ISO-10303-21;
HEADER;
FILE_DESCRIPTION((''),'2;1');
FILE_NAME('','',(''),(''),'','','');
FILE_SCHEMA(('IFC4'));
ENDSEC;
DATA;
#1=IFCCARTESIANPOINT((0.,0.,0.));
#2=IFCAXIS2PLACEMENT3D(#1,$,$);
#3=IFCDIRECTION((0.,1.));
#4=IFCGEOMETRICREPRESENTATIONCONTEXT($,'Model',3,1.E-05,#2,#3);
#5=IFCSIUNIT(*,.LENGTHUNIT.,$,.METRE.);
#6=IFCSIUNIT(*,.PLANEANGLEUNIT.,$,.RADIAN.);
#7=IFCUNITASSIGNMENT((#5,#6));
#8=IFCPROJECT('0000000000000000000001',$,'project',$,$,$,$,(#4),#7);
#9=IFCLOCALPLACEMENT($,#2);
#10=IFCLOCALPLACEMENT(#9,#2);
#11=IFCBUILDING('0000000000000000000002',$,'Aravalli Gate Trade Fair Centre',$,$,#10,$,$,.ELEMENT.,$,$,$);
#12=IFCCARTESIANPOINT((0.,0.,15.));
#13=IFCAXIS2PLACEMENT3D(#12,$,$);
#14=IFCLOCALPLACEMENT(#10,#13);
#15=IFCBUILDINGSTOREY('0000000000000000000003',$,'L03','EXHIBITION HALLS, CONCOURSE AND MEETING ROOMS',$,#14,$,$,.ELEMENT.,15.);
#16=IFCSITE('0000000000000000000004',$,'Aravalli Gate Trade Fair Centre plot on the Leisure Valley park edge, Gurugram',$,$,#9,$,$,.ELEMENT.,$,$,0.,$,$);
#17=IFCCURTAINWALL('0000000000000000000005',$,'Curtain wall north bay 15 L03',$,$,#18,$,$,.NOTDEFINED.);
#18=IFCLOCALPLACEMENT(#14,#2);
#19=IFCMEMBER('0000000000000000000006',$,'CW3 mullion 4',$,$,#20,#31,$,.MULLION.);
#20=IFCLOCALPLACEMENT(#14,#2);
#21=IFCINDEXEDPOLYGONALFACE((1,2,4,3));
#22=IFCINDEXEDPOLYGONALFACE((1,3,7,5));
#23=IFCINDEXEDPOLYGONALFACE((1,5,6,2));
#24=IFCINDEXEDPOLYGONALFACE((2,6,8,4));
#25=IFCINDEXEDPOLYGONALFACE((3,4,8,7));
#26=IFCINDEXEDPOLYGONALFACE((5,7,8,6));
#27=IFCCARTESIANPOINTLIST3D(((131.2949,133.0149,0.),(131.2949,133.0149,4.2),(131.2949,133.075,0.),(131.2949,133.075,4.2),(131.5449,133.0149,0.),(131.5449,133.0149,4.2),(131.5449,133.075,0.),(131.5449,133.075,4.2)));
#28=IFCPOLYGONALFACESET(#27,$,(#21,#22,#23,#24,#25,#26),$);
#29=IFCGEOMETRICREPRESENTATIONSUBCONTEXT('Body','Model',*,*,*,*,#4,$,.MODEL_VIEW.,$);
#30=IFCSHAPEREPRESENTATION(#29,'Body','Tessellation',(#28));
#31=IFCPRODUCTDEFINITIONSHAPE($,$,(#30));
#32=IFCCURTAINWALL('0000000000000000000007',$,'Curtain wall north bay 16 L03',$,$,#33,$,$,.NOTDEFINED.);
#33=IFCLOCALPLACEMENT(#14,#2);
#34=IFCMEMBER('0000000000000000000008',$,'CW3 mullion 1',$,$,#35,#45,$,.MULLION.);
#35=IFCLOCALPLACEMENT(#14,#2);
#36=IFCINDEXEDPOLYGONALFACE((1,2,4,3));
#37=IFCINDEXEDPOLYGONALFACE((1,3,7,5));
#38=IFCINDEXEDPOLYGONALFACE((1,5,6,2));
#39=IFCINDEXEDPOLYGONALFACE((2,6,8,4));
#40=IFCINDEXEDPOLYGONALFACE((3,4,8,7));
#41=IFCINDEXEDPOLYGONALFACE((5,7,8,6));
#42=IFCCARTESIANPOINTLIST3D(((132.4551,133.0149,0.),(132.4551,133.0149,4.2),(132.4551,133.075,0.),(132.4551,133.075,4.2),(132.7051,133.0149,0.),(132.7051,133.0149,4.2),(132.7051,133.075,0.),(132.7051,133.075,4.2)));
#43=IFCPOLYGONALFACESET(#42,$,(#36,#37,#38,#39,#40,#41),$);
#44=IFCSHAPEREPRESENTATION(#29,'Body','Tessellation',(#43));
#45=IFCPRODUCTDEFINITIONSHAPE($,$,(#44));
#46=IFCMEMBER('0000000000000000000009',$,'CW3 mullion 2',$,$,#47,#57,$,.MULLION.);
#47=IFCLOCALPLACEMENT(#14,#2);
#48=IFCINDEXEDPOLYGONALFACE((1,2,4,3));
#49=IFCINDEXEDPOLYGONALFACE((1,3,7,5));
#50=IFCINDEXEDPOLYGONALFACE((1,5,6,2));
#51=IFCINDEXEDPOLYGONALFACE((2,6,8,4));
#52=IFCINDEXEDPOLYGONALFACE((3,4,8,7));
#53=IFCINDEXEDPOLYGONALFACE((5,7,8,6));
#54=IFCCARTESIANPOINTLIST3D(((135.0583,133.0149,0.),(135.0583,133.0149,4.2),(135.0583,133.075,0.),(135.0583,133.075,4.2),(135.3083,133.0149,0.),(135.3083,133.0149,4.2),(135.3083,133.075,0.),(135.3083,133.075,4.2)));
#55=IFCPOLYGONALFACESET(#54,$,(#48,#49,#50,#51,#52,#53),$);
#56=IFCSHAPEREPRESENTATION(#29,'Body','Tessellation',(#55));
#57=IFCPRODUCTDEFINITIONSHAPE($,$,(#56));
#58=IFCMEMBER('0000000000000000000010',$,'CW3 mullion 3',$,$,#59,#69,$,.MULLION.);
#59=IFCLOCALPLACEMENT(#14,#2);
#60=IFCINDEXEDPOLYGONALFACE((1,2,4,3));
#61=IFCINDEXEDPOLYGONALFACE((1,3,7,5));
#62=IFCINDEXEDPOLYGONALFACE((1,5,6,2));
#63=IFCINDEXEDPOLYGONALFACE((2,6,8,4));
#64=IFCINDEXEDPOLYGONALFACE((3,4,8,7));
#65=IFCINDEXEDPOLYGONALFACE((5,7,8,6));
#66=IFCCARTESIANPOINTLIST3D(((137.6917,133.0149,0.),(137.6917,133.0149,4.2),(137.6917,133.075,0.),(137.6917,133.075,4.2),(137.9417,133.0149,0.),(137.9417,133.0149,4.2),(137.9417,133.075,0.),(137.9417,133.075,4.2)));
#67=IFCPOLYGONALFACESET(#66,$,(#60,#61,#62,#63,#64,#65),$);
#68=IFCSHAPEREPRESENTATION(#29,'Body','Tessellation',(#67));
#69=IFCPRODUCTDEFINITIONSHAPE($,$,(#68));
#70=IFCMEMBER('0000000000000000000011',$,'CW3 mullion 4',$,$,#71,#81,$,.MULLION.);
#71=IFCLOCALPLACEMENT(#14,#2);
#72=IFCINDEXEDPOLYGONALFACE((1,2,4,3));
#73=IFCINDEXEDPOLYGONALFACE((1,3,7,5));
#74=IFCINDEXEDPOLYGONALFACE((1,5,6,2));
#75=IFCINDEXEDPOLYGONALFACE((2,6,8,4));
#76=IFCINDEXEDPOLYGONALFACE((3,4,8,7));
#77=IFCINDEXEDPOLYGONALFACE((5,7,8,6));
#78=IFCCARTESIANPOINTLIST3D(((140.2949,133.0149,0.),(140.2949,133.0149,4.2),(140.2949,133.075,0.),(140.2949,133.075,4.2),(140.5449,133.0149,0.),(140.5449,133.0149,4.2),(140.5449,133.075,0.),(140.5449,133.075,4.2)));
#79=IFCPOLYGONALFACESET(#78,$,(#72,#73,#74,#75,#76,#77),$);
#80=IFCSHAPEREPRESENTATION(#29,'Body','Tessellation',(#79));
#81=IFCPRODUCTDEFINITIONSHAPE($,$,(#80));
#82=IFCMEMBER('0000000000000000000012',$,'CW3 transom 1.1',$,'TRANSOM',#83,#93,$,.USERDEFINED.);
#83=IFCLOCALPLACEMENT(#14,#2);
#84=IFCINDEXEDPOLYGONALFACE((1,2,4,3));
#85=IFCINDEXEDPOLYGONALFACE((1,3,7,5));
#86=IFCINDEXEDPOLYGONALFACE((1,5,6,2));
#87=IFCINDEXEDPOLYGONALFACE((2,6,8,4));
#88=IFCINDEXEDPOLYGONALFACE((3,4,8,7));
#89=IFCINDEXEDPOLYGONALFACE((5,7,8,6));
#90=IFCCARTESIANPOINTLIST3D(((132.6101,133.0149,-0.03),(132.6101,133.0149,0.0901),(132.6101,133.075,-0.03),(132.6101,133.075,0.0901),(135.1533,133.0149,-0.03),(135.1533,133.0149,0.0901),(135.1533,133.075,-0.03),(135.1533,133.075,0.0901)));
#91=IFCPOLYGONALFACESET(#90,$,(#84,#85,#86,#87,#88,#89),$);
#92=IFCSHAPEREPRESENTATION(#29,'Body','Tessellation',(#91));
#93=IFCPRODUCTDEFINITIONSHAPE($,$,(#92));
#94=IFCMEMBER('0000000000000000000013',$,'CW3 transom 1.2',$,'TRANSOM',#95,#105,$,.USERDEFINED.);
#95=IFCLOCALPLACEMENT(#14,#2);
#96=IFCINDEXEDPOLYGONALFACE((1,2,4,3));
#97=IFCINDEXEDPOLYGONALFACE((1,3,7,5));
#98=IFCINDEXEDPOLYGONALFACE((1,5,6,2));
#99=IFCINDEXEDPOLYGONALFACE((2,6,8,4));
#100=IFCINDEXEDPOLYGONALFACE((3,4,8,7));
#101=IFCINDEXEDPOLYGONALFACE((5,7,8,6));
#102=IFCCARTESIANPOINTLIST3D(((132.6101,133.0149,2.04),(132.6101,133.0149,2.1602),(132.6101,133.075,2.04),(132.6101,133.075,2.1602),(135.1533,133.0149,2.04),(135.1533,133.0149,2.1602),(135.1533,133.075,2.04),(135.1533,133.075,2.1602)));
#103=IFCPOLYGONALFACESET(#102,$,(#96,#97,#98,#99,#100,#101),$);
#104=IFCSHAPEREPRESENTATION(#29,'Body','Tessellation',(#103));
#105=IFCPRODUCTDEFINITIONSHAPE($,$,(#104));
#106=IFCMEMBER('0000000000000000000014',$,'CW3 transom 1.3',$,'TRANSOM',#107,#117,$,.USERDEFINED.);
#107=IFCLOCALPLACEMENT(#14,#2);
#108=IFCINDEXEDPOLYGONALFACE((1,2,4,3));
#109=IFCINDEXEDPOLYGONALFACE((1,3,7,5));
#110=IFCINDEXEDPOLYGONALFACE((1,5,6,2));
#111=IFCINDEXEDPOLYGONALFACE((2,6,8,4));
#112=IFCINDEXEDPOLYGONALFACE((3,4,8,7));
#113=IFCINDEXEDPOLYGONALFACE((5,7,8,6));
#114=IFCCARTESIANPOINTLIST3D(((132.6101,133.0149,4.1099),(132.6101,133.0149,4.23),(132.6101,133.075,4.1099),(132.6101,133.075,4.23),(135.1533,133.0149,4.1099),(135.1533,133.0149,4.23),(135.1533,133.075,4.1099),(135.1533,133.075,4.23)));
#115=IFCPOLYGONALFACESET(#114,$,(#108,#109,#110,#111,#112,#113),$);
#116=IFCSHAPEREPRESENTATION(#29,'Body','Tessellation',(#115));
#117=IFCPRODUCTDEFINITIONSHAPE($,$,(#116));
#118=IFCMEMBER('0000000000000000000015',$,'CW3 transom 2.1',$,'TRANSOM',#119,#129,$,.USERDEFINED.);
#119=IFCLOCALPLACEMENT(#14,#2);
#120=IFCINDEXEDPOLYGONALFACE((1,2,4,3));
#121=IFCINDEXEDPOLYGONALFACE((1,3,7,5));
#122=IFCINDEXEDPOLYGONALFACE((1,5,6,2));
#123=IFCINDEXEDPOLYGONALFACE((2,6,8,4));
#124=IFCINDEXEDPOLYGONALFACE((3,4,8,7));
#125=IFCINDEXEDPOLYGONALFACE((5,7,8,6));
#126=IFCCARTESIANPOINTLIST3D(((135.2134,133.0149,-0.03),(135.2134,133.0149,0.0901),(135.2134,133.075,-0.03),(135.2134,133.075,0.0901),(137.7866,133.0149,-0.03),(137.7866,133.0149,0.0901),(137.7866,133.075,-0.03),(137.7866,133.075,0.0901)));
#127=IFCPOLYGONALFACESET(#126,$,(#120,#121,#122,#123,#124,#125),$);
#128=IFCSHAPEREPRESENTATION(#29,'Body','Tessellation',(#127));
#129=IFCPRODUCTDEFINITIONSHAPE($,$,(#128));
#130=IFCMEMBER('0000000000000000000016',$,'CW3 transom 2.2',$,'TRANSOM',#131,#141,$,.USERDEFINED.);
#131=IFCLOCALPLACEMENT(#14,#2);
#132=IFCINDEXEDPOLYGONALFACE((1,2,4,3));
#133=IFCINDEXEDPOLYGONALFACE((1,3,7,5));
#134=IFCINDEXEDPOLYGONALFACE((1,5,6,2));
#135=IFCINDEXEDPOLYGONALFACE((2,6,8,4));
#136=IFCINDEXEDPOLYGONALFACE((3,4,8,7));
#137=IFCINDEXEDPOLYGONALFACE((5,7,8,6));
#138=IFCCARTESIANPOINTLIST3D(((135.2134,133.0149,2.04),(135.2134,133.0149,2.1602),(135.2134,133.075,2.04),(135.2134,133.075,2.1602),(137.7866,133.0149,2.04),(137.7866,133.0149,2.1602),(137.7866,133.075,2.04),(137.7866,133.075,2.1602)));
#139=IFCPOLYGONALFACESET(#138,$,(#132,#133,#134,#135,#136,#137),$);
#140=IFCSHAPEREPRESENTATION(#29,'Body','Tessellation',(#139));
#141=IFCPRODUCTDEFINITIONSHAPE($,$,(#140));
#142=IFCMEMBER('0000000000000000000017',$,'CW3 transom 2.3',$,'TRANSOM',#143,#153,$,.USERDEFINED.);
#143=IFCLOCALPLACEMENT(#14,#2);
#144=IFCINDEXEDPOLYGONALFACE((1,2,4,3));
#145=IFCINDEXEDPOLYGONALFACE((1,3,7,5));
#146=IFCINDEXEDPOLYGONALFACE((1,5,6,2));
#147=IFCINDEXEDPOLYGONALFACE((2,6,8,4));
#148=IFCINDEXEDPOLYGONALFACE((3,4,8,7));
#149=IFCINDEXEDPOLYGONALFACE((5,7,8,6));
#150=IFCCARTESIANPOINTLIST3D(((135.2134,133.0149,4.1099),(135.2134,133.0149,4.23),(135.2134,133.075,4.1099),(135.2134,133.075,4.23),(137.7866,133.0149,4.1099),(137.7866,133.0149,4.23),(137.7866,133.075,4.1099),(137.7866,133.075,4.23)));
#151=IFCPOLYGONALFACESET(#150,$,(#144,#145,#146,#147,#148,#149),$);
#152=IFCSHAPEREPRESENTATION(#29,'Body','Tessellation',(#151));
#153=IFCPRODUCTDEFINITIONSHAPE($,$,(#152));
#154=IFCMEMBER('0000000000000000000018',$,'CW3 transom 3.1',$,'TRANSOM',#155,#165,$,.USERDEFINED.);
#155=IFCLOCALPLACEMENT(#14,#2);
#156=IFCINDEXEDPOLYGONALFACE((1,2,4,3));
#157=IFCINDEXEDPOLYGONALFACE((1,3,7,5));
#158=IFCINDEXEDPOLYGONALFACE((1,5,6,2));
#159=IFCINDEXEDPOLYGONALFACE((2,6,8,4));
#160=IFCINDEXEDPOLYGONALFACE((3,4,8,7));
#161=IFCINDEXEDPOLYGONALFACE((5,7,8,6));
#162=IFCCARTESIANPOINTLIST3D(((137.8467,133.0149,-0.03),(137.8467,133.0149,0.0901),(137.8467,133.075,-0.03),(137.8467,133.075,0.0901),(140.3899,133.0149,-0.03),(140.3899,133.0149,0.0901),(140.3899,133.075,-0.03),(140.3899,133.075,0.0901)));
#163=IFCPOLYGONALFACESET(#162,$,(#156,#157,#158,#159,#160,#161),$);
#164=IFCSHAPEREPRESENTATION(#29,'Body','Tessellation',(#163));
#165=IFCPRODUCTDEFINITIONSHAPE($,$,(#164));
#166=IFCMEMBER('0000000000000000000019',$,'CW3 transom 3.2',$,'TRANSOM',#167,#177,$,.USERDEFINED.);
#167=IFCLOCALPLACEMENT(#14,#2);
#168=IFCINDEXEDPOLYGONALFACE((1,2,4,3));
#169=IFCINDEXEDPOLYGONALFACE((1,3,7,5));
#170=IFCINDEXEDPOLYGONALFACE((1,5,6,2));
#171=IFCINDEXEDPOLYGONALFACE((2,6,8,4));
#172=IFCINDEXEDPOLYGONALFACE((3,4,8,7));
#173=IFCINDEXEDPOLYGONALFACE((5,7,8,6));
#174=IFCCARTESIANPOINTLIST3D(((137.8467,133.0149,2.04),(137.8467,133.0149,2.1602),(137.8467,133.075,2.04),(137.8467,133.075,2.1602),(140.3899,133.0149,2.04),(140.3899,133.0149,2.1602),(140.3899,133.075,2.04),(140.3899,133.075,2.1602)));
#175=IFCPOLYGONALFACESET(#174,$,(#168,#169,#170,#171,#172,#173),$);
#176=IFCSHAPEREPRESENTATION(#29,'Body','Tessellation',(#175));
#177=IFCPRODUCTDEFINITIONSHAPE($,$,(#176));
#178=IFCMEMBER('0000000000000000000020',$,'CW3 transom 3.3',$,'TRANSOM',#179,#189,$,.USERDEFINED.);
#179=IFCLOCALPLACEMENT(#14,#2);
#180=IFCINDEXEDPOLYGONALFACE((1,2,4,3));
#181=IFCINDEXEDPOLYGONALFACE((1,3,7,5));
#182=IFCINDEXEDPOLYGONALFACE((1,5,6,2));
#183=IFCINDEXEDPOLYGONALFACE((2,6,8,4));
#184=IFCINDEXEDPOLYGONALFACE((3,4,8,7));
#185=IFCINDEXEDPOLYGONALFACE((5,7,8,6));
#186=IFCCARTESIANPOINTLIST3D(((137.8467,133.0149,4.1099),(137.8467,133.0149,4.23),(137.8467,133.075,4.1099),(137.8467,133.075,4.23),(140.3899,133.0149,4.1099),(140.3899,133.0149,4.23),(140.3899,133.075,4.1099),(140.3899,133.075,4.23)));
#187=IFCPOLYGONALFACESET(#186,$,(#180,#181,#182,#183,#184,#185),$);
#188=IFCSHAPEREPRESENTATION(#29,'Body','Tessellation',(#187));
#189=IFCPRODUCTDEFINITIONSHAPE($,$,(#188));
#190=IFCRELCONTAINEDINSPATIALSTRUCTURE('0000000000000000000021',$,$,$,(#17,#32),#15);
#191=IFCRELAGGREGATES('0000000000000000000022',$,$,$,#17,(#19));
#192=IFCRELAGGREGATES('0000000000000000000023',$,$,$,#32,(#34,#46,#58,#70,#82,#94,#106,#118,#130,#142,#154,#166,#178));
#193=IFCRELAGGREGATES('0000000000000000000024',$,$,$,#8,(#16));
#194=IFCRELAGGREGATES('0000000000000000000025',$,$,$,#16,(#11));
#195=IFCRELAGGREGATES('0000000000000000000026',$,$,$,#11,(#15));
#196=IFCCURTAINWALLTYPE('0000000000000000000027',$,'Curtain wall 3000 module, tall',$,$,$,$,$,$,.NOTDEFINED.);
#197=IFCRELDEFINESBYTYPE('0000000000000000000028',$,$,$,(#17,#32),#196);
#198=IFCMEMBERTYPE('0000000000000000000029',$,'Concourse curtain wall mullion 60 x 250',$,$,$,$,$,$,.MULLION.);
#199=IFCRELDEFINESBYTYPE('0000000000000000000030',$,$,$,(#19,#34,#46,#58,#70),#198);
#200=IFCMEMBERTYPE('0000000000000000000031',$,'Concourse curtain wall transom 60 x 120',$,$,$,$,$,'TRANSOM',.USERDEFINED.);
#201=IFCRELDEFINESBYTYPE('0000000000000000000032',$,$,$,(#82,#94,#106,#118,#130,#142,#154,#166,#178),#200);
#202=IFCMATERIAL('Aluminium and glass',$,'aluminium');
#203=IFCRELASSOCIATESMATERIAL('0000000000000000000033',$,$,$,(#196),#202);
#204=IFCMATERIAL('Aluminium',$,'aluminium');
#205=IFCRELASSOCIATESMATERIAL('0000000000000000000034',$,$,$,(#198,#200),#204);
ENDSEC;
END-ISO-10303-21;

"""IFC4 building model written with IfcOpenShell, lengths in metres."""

from ifc_helpers import new_model, si_unit, direction, frame, origin, origin_2d, place, context, subcontext, project, spatial, rectangle, extrude, material, material_profile, profile_set, type_object, element, aggregate, save


model = new_model("IFC4")

# Units and contexts
model_context = context("Model", 3, precision=1e-05, world=origin(), true_north=direction((0.0, 1.0)))
body_context = subcontext(model_context, "Body", "Model", "MODEL_VIEW")
ifc_project = project(units=[si_unit("LENGTHUNIT", "METRE"), si_unit("PLANEANGLEUNIT", "RADIAN")], contexts=[model_context])

# Site, building, storey
site_placement = place(None, origin())
site = spatial("IfcSite", under=ifc_project, at=site_placement, Name="Aravalli Gate Trade Fair Centre plot on the Leisure Valley park edge, Gurugram", CompositionType="ELEMENT", RefElevation=0.0)
building_placement = place(site_placement, origin())
building = spatial("IfcBuilding", under=site, at=building_placement, Name="Aravalli Gate Trade Fair Centre", CompositionType="ELEMENT")
storey_placement = place(building_placement, frame((0.0, 0.0, 15.0)))
storey = spatial("IfcBuildingStorey", under=building, at=storey_placement, Name="L03", Description="EXHIBITION HALLS, CONCOURSE AND MEETING ROOMS", CompositionType="ELEMENT", Elevation=15.0)

# Curtain wall, member
ifc_material_1 = material(Name="Aluminium and glass", Category="aluminium")
curtain_wall_type = type_object("IfcCurtainWallType", Name="Curtain wall 3000 module, tall", PredefinedType="NOTDEFINED", material=ifc_material_1)
curtain_wall_1_placement = place(storey_placement, origin())
curtain_wall_1 = element("IfcCurtainWall", 1, at=curtain_wall_1_placement, inside=storey, type_object=curtain_wall_type, Name="Curtain wall north bay 15 L03", PredefinedType="NOTDEFINED")
ifc_material_2 = material(Name="Aluminium", Category="aluminium")
ifc_material_profile_1 = material_profile(ifc_material_2, rectangle(XDim=0.0601, YDim=0.25, at=origin_2d()), Name="Concourse curtain wall mullion 60 x 250")
ifc_profile_set_1 = profile_set([ifc_material_profile_1], Name="Aluminium")
member_type_1 = type_object("IfcMemberType", Name="Concourse curtain wall mullion 60 x 250", PredefinedType="MULLION", material=ifc_profile_set_1)
member_1_placement = place(storey_placement, frame((131.4199, 133.0449, 0.0), z_axis=(0.0, 0.0, 1.0), x_axis=(0.0, 1.0, 0.0)))
member_1 = element("IfcMember", 2, at=member_1_placement, type_object=member_type_1, Name="CW3 mullion 4", PredefinedType="MULLION", context=body_context, shape_type="SweptSolid", body=[
    extrude(rectangle(XDim=0.0601, YDim=0.25, at=origin_2d()), origin(), (0.0, 0.0, 1.0), 4.2),
])

# Curtain wall, members
curtain_wall_2_placement = place(storey_placement, origin())
curtain_wall_2 = element("IfcCurtainWall", 3, at=curtain_wall_2_placement, inside=storey, type_object=curtain_wall_type, Name="Curtain wall north bay 16 L03", PredefinedType="NOTDEFINED")
member_2_placement = place(storey_placement, frame((132.5801, 133.0449, 0.0), z_axis=(0.0, 0.0, 1.0), x_axis=(0.0, 1.0, 0.0)))
member_2 = element("IfcMember", 4, at=member_2_placement, type_object=member_type_1, Name="CW3 mullion 1", PredefinedType="MULLION", context=body_context, shape_type="SweptSolid", body=[
    extrude(rectangle(XDim=0.0601, YDim=0.25, at=origin_2d()), origin(), (0.0, 0.0, 1.0), 4.2),
])
member_3_placement = place(storey_placement, frame((135.1833, 133.0449, 0.0), z_axis=(0.0, 0.0, 1.0), x_axis=(0.0, 1.0, 0.0)))
member_3 = element("IfcMember", 5, at=member_3_placement, type_object=member_type_1, Name="CW3 mullion 2", PredefinedType="MULLION", context=body_context, shape_type="SweptSolid", body=[
    extrude(rectangle(XDim=0.0601, YDim=0.25, at=origin_2d()), origin(), (0.0, 0.0, 1.0), 4.2),
])
member_4_placement = place(storey_placement, frame((137.8167, 133.0449, 0.0), z_axis=(0.0, 0.0, 1.0), x_axis=(0.0, 1.0, 0.0)))
member_4 = element("IfcMember", 6, at=member_4_placement, type_object=member_type_1, Name="CW3 mullion 3", PredefinedType="MULLION", context=body_context, shape_type="SweptSolid", body=[
    extrude(rectangle(XDim=0.0601, YDim=0.25, at=origin_2d()), origin(), (0.0, 0.0, 1.0), 4.2),
])
member_5_placement = place(storey_placement, frame((140.4199, 133.0449, 0.0), z_axis=(0.0, 0.0, 1.0), x_axis=(0.0, 1.0, 0.0)))
member_5 = element("IfcMember", 7, at=member_5_placement, type_object=member_type_1, Name="CW3 mullion 4", PredefinedType="MULLION", context=body_context, shape_type="SweptSolid", body=[
    extrude(rectangle(XDim=0.0601, YDim=0.25, at=origin_2d()), origin(), (0.0, 0.0, 1.0), 4.2),
])
ifc_material_profile_2 = material_profile(ifc_material_2, rectangle(XDim=0.0601, YDim=0.1201, at=origin_2d()), Name="Concourse curtain wall transom 60 x 120")
ifc_profile_set_2 = profile_set([ifc_material_profile_2], Name="Aluminium")
member_type_2 = type_object("IfcMemberType", Name="Concourse curtain wall transom 60 x 120", ElementType="TRANSOM", PredefinedType="USERDEFINED", material=ifc_profile_set_2)
member_6_placement = place(storey_placement, frame((132.6101, 133.0449, 0.03), z_axis=(1.0, 0.0, 0.0), x_axis=(0.0, 1.0, 0.0)))
member_6 = element("IfcMember", 8, at=member_6_placement, type_object=member_type_2, Name="CW3 transom 1.1", ObjectType="TRANSOM", PredefinedType="USERDEFINED", context=body_context, shape_type="SweptSolid", body=[
    extrude(rectangle(XDim=0.0601, YDim=0.1201, at=origin_2d()), origin(), (0.0, 0.0, 1.0), 2.5432),
])
member_7_placement = place(storey_placement, frame((132.6101, 133.0449, 2.1001), z_axis=(1.0, 0.0, 0.0), x_axis=(0.0, 1.0, 0.0)))
member_7 = element("IfcMember", 9, at=member_7_placement, type_object=member_type_2, Name="CW3 transom 1.2", ObjectType="TRANSOM", PredefinedType="USERDEFINED", context=body_context, shape_type="SweptSolid", body=[
    extrude(rectangle(XDim=0.0601, YDim=0.1201, at=origin_2d()), origin(), (0.0, 0.0, 1.0), 2.5432),
])
member_8_placement = place(storey_placement, frame((132.6101, 133.0449, 4.1699), z_axis=(1.0, 0.0, 0.0), x_axis=(0.0, 1.0, 0.0)))
member_8 = element("IfcMember", 10, at=member_8_placement, type_object=member_type_2, Name="CW3 transom 1.3", ObjectType="TRANSOM", PredefinedType="USERDEFINED", context=body_context, shape_type="SweptSolid", body=[
    extrude(rectangle(XDim=0.0601, YDim=0.1201, at=origin_2d()), origin(), (0.0, 0.0, 1.0), 2.5432),
])
member_9_placement = place(storey_placement, frame((135.2134, 133.0449, 0.03), z_axis=(1.0, 0.0, 0.0), x_axis=(0.0, 1.0, 0.0)))
member_9 = element("IfcMember", 11, at=member_9_placement, type_object=member_type_2, Name="CW3 transom 2.1", ObjectType="TRANSOM", PredefinedType="USERDEFINED", context=body_context, shape_type="SweptSolid", body=[
    extrude(rectangle(XDim=0.0601, YDim=0.1201, at=origin_2d()), origin(), (0.0, 0.0, 1.0), 2.5732),
])
member_10_placement = place(storey_placement, frame((135.2134, 133.0449, 2.1001), z_axis=(1.0, 0.0, 0.0), x_axis=(0.0, 1.0, 0.0)))
member_10 = element("IfcMember", 12, at=member_10_placement, type_object=member_type_2, Name="CW3 transom 2.2", ObjectType="TRANSOM", PredefinedType="USERDEFINED", context=body_context, shape_type="SweptSolid", body=[
    extrude(rectangle(XDim=0.0601, YDim=0.1201, at=origin_2d()), origin(), (0.0, 0.0, 1.0), 2.5732),
])
member_11_placement = place(storey_placement, frame((135.2134, 133.0449, 4.1699), z_axis=(1.0, 0.0, 0.0), x_axis=(0.0, 1.0, 0.0)))
member_11 = element("IfcMember", 13, at=member_11_placement, type_object=member_type_2, Name="CW3 transom 2.3", ObjectType="TRANSOM", PredefinedType="USERDEFINED", context=body_context, shape_type="SweptSolid", body=[
    extrude(rectangle(XDim=0.0601, YDim=0.1201, at=origin_2d()), origin(), (0.0, 0.0, 1.0), 2.5732),
])
member_12_placement = place(storey_placement, frame((137.8467, 133.0449, 0.03), z_axis=(1.0, 0.0, 0.0), x_axis=(0.0, 1.0, 0.0)))
member_12 = element("IfcMember", 14, at=member_12_placement, type_object=member_type_2, Name="CW3 transom 3.1", ObjectType="TRANSOM", PredefinedType="USERDEFINED", context=body_context, shape_type="SweptSolid", body=[
    extrude(rectangle(XDim=0.0601, YDim=0.1201, at=origin_2d()), origin(), (0.0, 0.0, 1.0), 2.5432),
])
member_13_placement = place(storey_placement, frame((137.8467, 133.0449, 2.1001), z_axis=(1.0, 0.0, 0.0), x_axis=(0.0, 1.0, 0.0)))
member_13 = element("IfcMember", 15, at=member_13_placement, type_object=member_type_2, Name="CW3 transom 3.2", ObjectType="TRANSOM", PredefinedType="USERDEFINED", context=body_context, shape_type="SweptSolid", body=[
    extrude(rectangle(XDim=0.0601, YDim=0.1201, at=origin_2d()), origin(), (0.0, 0.0, 1.0), 2.5432),
])
member_14_placement = place(storey_placement, frame((137.8467, 133.0449, 4.1699), z_axis=(1.0, 0.0, 0.0), x_axis=(0.0, 1.0, 0.0)))
member_14 = element("IfcMember", 16, at=member_14_placement, type_object=member_type_2, Name="CW3 transom 3.3", ObjectType="TRANSOM", PredefinedType="USERDEFINED", context=body_context, shape_type="SweptSolid", body=[
    extrude(rectangle(XDim=0.0601, YDim=0.1201, at=origin_2d()), origin(), (0.0, 0.0, 1.0), 2.5432),
])

aggregate(curtain_wall_1, [member_1])
aggregate(curtain_wall_2, [member_2, member_3, member_4, member_5, member_6, member_7, member_8, member_9, member_10, member_11, member_12, member_13, member_14])

save(model, "model.ifc")
